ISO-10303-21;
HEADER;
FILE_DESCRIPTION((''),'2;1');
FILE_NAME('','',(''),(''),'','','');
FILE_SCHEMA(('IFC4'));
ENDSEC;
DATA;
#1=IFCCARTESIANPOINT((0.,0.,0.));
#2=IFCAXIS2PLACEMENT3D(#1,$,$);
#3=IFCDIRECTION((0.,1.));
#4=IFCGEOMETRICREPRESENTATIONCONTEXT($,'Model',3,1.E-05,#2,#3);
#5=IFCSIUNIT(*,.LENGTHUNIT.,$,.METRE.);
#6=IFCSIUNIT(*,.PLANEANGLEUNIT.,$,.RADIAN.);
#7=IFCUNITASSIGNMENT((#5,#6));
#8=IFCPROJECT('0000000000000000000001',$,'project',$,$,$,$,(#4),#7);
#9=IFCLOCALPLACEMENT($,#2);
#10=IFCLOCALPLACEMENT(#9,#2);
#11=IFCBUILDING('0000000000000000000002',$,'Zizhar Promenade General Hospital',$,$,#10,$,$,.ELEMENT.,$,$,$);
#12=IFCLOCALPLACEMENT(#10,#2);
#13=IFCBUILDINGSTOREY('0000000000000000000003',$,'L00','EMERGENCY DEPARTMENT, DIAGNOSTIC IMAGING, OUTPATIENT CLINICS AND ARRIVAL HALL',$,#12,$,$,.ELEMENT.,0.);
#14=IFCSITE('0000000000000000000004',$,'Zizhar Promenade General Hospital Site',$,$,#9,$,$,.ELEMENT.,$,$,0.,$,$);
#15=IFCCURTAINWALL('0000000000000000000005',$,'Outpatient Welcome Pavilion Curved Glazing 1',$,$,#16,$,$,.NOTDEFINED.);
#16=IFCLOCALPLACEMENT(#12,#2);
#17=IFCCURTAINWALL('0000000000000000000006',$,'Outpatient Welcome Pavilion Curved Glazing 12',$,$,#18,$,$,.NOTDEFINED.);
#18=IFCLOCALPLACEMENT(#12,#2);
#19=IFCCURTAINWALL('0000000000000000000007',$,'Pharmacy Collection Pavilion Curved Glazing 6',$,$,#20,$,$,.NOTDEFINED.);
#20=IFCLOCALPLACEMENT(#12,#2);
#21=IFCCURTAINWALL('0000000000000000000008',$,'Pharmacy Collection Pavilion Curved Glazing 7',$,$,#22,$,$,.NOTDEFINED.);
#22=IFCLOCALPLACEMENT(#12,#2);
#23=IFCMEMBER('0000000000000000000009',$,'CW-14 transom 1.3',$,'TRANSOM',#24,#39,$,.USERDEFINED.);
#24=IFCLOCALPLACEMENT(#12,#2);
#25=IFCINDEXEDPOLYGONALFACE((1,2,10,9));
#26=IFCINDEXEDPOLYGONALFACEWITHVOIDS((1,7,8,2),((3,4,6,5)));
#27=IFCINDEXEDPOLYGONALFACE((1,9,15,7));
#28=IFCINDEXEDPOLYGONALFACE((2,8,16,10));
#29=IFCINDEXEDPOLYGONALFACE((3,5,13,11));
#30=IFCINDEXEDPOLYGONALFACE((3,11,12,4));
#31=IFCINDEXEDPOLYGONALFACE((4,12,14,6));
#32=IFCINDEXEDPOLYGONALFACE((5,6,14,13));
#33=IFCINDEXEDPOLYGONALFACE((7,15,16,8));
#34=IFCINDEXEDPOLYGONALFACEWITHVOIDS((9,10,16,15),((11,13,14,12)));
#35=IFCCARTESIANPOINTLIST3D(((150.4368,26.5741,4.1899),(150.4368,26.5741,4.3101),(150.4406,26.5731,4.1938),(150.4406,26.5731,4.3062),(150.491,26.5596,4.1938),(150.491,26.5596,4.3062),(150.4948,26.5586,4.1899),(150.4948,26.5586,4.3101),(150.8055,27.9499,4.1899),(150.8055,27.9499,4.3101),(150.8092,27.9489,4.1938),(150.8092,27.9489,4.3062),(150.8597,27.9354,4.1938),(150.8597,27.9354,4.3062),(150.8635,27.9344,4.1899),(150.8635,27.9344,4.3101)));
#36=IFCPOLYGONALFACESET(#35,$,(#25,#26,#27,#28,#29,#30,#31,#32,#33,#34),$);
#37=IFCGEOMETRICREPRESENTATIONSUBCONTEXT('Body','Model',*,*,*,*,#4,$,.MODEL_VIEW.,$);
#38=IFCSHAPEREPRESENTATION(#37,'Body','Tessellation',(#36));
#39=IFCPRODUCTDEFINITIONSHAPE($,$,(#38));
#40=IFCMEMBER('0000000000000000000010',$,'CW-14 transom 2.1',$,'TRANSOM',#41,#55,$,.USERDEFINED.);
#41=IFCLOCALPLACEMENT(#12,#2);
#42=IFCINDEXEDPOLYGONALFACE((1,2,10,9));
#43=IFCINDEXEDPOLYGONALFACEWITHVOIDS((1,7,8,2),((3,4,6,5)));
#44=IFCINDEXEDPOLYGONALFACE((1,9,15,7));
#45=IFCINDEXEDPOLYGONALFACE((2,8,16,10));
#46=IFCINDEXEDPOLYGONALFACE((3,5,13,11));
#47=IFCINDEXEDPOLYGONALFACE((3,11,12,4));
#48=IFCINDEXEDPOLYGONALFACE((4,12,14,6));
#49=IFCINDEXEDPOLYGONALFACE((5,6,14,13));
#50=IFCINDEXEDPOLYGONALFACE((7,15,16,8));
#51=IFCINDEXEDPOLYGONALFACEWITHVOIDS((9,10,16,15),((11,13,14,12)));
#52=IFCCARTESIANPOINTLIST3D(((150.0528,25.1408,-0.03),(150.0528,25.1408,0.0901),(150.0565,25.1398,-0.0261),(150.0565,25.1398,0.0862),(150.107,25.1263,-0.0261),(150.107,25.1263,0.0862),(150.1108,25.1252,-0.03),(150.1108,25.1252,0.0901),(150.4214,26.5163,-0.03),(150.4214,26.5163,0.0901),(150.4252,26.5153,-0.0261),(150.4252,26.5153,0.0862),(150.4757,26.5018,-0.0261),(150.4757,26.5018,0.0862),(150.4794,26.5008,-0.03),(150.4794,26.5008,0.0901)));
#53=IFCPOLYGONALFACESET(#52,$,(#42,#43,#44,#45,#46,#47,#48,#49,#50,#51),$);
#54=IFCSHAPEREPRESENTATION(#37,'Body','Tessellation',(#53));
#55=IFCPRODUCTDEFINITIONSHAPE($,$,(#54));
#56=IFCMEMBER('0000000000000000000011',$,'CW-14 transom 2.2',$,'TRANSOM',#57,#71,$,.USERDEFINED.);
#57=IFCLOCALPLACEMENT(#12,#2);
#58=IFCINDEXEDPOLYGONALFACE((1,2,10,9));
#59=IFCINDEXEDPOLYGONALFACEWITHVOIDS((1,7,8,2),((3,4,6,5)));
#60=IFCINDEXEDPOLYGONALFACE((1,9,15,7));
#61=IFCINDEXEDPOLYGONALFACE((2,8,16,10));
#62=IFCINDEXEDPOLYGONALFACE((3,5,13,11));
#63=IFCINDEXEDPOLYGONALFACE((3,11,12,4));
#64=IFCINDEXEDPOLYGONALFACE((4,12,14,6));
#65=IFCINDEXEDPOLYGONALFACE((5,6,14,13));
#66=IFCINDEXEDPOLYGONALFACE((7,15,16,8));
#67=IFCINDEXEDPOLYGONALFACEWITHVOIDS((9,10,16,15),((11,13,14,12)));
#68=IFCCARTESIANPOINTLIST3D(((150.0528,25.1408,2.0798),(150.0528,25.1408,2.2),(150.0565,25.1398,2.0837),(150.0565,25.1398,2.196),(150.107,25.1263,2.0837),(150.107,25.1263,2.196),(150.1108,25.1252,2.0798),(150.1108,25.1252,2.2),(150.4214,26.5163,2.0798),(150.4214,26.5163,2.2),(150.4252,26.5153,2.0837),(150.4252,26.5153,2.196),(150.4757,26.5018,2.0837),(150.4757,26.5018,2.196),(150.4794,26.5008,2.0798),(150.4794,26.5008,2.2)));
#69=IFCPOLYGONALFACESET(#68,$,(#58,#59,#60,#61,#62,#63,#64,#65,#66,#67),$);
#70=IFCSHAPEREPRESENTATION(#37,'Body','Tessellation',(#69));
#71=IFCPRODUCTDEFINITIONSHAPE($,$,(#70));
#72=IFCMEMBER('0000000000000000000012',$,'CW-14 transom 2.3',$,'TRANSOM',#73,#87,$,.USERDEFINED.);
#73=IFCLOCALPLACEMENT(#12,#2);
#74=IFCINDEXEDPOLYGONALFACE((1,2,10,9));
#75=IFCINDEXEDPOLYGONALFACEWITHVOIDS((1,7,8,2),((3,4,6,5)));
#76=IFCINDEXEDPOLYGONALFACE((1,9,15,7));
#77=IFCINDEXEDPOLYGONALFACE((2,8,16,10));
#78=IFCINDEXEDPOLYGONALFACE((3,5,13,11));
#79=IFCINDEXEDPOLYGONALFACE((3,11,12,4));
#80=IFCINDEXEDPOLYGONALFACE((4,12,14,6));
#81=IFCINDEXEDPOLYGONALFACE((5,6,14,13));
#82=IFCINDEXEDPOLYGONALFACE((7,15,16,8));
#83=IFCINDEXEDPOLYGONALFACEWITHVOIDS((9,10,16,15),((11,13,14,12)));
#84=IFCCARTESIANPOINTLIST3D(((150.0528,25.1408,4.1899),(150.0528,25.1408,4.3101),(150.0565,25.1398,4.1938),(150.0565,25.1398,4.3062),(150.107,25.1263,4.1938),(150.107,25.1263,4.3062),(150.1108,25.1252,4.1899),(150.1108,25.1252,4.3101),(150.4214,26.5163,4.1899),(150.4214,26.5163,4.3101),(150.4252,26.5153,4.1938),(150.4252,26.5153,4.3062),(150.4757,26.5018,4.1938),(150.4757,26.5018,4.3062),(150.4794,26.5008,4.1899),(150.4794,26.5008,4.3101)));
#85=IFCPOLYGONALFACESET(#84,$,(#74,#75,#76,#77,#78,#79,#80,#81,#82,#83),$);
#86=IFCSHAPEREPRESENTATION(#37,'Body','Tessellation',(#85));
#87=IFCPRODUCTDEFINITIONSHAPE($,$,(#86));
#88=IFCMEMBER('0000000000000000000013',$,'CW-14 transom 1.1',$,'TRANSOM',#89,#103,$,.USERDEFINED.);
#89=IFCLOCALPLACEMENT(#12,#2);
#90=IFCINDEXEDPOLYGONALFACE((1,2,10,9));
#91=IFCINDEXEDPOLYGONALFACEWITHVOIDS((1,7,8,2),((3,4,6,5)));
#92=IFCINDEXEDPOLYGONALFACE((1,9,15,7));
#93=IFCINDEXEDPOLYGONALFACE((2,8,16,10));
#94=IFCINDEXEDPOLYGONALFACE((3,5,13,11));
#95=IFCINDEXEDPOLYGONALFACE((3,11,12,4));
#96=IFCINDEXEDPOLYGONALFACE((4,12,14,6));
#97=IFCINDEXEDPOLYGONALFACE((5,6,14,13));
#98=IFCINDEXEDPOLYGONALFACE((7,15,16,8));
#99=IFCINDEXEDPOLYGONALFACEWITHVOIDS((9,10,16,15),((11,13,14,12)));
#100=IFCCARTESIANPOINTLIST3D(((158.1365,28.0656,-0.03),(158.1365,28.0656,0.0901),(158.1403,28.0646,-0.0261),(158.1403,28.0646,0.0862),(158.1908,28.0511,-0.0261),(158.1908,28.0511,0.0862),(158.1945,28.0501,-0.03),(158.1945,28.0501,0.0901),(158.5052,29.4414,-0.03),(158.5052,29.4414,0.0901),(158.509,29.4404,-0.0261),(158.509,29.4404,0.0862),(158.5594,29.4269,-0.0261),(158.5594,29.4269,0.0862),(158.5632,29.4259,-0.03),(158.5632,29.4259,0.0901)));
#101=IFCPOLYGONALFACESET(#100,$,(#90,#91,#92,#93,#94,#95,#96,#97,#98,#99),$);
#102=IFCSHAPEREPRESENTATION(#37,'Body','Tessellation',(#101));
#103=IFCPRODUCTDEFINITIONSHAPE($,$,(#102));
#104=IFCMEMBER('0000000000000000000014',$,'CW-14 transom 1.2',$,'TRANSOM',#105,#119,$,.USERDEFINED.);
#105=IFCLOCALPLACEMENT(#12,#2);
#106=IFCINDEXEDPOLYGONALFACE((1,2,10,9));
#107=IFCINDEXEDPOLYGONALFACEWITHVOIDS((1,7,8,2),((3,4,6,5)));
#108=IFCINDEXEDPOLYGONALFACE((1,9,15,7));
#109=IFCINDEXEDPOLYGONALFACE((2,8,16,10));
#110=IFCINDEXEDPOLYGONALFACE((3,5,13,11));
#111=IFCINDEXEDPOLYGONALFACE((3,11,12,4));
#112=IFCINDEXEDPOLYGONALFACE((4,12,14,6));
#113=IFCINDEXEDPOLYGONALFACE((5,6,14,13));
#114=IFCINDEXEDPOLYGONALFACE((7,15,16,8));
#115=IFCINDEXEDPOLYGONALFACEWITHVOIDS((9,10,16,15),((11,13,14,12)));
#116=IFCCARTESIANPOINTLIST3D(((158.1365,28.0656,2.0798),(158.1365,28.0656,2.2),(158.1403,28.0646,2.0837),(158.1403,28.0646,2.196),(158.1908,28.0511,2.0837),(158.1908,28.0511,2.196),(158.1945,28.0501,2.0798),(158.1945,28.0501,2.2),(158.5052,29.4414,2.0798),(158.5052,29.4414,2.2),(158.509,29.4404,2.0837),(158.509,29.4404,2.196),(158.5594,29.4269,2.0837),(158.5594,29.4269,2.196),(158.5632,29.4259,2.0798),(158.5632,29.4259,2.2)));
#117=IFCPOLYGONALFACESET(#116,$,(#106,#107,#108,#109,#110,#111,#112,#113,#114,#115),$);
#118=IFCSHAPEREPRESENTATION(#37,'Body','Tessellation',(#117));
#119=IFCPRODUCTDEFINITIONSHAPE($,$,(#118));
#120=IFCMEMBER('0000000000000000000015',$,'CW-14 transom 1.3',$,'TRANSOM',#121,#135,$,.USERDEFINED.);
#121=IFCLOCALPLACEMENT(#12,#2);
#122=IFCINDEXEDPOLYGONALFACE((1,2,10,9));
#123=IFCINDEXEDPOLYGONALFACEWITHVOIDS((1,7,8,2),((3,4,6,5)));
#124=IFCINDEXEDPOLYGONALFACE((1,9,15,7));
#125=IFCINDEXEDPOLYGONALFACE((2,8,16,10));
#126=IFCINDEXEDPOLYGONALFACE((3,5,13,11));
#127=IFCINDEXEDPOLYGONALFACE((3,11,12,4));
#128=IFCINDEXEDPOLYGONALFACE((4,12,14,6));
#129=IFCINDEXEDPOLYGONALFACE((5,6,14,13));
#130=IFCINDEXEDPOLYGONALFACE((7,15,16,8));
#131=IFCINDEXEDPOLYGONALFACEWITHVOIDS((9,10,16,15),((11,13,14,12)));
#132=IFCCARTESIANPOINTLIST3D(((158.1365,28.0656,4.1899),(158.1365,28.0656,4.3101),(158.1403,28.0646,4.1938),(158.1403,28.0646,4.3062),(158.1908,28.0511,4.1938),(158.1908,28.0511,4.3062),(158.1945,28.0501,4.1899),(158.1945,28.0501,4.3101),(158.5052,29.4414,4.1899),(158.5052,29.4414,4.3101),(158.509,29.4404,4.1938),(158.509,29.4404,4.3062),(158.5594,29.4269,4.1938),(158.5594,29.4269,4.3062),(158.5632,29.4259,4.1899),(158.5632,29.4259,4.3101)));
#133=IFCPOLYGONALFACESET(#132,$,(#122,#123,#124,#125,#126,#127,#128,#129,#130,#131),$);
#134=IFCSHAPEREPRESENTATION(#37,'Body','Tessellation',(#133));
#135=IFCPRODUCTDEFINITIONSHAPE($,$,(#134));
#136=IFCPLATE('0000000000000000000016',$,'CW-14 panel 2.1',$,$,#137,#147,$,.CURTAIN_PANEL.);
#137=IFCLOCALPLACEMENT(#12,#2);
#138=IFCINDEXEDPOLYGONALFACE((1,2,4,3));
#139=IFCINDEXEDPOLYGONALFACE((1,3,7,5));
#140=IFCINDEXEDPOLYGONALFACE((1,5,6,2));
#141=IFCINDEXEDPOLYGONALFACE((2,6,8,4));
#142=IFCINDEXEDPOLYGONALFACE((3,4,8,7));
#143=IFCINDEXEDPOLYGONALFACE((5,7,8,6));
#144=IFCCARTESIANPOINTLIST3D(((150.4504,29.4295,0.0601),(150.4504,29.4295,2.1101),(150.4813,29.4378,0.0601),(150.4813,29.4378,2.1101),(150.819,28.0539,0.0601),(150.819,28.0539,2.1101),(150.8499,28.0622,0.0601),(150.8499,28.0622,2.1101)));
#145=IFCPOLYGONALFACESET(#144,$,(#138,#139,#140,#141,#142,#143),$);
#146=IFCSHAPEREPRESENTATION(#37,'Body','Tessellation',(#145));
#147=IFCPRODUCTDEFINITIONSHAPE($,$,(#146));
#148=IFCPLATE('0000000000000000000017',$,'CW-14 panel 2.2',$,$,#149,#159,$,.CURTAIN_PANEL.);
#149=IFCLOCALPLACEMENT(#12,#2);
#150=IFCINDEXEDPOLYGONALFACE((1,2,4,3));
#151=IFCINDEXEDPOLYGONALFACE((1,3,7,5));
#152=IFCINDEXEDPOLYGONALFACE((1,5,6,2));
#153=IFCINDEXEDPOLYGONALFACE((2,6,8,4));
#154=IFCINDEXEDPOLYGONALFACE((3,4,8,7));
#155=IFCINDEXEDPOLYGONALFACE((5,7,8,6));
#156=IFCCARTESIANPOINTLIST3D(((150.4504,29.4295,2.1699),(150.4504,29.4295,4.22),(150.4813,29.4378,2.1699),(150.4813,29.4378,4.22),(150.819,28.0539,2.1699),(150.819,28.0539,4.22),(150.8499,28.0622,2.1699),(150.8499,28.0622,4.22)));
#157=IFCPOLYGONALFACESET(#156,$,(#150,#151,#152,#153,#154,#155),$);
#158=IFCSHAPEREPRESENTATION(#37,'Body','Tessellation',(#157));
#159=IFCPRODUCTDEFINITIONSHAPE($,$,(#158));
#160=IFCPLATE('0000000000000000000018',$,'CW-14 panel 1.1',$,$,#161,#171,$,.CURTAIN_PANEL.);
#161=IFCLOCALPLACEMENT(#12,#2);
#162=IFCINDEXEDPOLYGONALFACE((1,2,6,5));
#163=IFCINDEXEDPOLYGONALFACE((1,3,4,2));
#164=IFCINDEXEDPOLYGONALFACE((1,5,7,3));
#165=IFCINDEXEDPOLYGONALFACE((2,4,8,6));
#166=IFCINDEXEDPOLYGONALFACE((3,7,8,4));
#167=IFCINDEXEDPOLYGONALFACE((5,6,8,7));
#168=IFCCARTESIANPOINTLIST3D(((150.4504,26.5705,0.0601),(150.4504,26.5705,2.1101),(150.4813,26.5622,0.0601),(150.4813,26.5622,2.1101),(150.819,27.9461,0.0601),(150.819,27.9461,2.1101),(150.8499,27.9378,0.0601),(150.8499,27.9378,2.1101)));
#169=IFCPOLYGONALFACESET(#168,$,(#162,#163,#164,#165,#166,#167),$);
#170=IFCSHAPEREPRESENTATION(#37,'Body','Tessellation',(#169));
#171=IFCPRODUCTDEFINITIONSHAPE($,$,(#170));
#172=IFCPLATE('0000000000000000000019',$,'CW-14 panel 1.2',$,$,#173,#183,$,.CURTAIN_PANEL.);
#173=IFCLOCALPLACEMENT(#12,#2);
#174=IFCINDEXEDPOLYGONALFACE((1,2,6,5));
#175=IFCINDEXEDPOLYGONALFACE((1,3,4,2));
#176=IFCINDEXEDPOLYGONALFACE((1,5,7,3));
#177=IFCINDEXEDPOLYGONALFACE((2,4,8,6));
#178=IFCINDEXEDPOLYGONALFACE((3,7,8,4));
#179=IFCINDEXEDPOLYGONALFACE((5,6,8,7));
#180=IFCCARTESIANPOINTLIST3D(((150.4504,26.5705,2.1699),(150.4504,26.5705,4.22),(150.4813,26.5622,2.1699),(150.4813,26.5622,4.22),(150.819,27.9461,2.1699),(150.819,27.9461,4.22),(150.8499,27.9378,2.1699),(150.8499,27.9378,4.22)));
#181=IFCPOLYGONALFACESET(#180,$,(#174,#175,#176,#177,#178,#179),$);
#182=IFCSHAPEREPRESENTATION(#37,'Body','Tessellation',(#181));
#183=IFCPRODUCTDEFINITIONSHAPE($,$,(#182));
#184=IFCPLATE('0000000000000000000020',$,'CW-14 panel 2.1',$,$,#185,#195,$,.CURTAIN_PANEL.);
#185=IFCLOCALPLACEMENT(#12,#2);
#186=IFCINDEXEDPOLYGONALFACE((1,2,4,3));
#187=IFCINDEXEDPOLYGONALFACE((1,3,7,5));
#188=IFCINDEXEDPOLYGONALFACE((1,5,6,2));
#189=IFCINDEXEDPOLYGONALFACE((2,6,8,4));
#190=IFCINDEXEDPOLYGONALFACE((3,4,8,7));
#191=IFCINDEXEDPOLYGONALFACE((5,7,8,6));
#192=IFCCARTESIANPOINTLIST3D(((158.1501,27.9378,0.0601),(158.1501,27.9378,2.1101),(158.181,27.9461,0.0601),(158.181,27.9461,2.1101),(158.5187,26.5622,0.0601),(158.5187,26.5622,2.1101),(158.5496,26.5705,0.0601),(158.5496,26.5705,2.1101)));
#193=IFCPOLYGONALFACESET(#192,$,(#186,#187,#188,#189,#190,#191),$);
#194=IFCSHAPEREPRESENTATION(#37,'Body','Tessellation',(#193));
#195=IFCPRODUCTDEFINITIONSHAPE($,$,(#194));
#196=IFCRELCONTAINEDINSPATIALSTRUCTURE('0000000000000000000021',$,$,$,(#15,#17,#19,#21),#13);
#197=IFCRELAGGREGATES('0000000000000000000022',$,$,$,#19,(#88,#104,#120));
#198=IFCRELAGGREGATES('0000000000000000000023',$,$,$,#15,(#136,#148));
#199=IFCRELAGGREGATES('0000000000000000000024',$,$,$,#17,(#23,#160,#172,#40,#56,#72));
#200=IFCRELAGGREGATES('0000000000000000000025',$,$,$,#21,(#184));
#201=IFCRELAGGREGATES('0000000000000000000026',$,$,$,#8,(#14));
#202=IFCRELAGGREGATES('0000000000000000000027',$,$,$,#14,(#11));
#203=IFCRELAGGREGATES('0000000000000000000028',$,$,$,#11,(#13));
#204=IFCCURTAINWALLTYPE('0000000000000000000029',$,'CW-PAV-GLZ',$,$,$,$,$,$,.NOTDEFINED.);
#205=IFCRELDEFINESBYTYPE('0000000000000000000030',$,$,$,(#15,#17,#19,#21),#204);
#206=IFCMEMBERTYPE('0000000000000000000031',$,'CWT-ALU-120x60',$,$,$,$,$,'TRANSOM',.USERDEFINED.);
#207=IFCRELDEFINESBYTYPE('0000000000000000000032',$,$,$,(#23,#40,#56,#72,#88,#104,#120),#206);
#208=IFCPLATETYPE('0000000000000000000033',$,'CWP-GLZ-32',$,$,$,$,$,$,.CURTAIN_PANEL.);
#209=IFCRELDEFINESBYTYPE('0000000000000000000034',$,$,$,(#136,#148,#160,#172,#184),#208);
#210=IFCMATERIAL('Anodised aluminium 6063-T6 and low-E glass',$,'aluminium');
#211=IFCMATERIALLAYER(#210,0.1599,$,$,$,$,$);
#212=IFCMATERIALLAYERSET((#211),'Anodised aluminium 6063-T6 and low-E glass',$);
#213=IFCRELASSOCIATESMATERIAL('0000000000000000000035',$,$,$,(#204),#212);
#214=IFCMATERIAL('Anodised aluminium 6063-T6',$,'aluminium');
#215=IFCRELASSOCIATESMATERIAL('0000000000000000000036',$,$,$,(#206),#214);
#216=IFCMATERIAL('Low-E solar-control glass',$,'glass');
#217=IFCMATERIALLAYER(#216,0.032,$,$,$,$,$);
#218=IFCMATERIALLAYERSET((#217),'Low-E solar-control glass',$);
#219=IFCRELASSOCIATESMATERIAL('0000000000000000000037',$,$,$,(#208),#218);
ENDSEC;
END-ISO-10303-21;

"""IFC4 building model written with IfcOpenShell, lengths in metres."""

from ifc_helpers import new_model, si_unit, direction, frame, origin, origin_2d, place, context, subcontext, project, spatial, rectangle, hollow_rectangle, extrude, material, layer, layer_set, material_profile, profile_set, type_object, element, aggregate, save


model = new_model("IFC4")

# Units and contexts
model_context = context("Model", 3, precision=1e-05, world=origin(), true_north=direction((0.0, 1.0)))
body_context = subcontext(model_context, "Body", "Model", "MODEL_VIEW")
ifc_project = project(units=[si_unit("LENGTHUNIT", "METRE"), si_unit("PLANEANGLEUNIT", "RADIAN")], contexts=[model_context])

# Site, building, storey
site_placement = place(None, origin())
site = spatial("IfcSite", under=ifc_project, at=site_placement, Name="Zizhar Promenade General Hospital Site", CompositionType="ELEMENT", RefElevation=0.0)
building_placement = place(site_placement, origin())
building = spatial("IfcBuilding", under=site, at=building_placement, Name="Zizhar Promenade General Hospital", CompositionType="ELEMENT")
storey_placement = place(building_placement, origin())
storey = spatial("IfcBuildingStorey", under=building, at=storey_placement, Name="L00", Description="EMERGENCY DEPARTMENT, DIAGNOSTIC IMAGING, OUTPATIENT CLINICS AND ARRIVAL HALL", CompositionType="ELEMENT", Elevation=0.0)

# Curtain walls
ifc_material_1 = material(Name="Anodised aluminium 6063-T6 and low-E glass", Category="aluminium")
ifc_layer_1 = layer(ifc_material_1, 0.1599)
ifc_layer_set_1 = layer_set([ifc_layer_1], Name="Anodised aluminium 6063-T6 and low-E glass")
curtain_wall_type = type_object("IfcCurtainWallType", Name="CW-PAV-GLZ", PredefinedType="NOTDEFINED", material=ifc_layer_set_1)
curtain_wall_1_placement = place(storey_placement, origin())
curtain_wall_1 = element("IfcCurtainWall", 1, at=curtain_wall_1_placement, inside=storey, type_object=curtain_wall_type, Name="Outpatient Welcome Pavilion Curved Glazing 1", PredefinedType="NOTDEFINED")
curtain_wall_2_placement = place(storey_placement, origin())
curtain_wall_2 = element("IfcCurtainWall", 2, at=curtain_wall_2_placement, inside=storey, type_object=curtain_wall_type, Name="Outpatient Welcome Pavilion Curved Glazing 12", PredefinedType="NOTDEFINED")

# Curtain walls
curtain_wall_3_placement = place(storey_placement, origin())
curtain_wall_3 = element("IfcCurtainWall", 3, at=curtain_wall_3_placement, inside=storey, type_object=curtain_wall_type, Name="Pharmacy Collection Pavilion Curved Glazing 6", PredefinedType="NOTDEFINED")
curtain_wall_4_placement = place(storey_placement, origin())
curtain_wall_4 = element("IfcCurtainWall", 4, at=curtain_wall_4_placement, inside=storey, type_object=curtain_wall_type, Name="Pharmacy Collection Pavilion Curved Glazing 7", PredefinedType="NOTDEFINED")

# Members
ifc_material_2 = material(Name="Anodised aluminium 6063-T6", Category="aluminium")
ifc_material_profile_1 = material_profile(ifc_material_2, hollow_rectangle(XDim=0.0601, YDim=0.1201, WallThickness=0.0039, at=origin_2d()))
ifc_profile_set_1 = profile_set([ifc_material_profile_1], Name="Anodised aluminium 6063-T6")
member_type_1 = type_object("IfcMemberType", Name="CWT-ALU-120x60", ElementType="TRANSOM", PredefinedType="USERDEFINED", material=ifc_profile_set_1)
member_1_placement = place(storey_placement, frame((150.8345, 27.9421, 4.25), z_axis=(-0.258836, -0.965921, 0.0), x_axis=(0.965921, -0.258836, 0.0)))
member_1 = element("IfcMember", 5, at=member_1_placement, type_object=member_type_1, Name="CW-14 transom 1.3", ObjectType="TRANSOM", PredefinedType="USERDEFINED", context=body_context, shape_type="SweptSolid", body=[
    extrude(hollow_rectangle(XDim=0.0601, YDim=0.1201, WallThickness=0.0039, at=origin_2d()), origin(), (0.0, 0.0, 1.0), 1.4243),
])
member_2_placement = place(storey_placement, frame((150.4504, 26.5085, 0.03), z_axis=(-0.258879, -0.96591, 0.0), x_axis=(0.96591, -0.258879, 0.0)))
member_2 = element("IfcMember", 6, at=member_2_placement, type_object=member_type_1, Name="CW-14 transom 2.1", ObjectType="TRANSOM", PredefinedType="USERDEFINED", context=body_context, shape_type="SweptSolid", body=[
    extrude(hollow_rectangle(XDim=0.0601, YDim=0.1201, WallThickness=0.0039, at=origin_2d()), origin(), (0.0, 0.0, 1.0), 1.4241),
])
member_3_placement = place(storey_placement, frame((150.4504, 26.5085, 2.1399), z_axis=(-0.258879, -0.96591, 0.0), x_axis=(0.96591, -0.258879, 0.0)))
member_3 = element("IfcMember", 7, at=member_3_placement, type_object=member_type_1, Name="CW-14 transom 2.2", ObjectType="TRANSOM", PredefinedType="USERDEFINED", context=body_context, shape_type="SweptSolid", body=[
    extrude(hollow_rectangle(XDim=0.0601, YDim=0.1201, WallThickness=0.0039, at=origin_2d()), origin(), (0.0, 0.0, 1.0), 1.4241),
])
member_4_placement = place(storey_placement, frame((150.4504, 26.5085, 4.25), z_axis=(-0.258879, -0.96591, 0.0), x_axis=(0.96591, -0.258879, 0.0)))
member_4 = element("IfcMember", 8, at=member_4_placement, type_object=member_type_1, Name="CW-14 transom 2.3", ObjectType="TRANSOM", PredefinedType="USERDEFINED", context=body_context, shape_type="SweptSolid", body=[
    extrude(hollow_rectangle(XDim=0.0601, YDim=0.1201, WallThickness=0.0039, at=origin_2d()), origin(), (0.0, 0.0, 1.0), 1.4241),
])
member_5_placement = place(storey_placement, frame((158.1655, 28.0579, 0.03), z_axis=(0.258836, 0.965921, 0.0), x_axis=(-0.965921, 0.258836, 0.0)))
member_5 = element("IfcMember", 9, at=member_5_placement, type_object=member_type_1, Name="CW-14 transom 1.1", ObjectType="TRANSOM", PredefinedType="USERDEFINED", context=body_context, shape_type="SweptSolid", body=[
    extrude(hollow_rectangle(XDim=0.0601, YDim=0.1201, WallThickness=0.0039, at=origin_2d()), origin(), (0.0, 0.0, 1.0), 1.4243),
])
member_6_placement = place(storey_placement, frame((158.1655, 28.0579, 2.1399), z_axis=(0.258836, 0.965921, 0.0), x_axis=(-0.965921, 0.258836, 0.0)))
member_6 = element("IfcMember", 10, at=member_6_placement, type_object=member_type_1, Name="CW-14 transom 1.2", ObjectType="TRANSOM", PredefinedType="USERDEFINED", context=body_context, shape_type="SweptSolid", body=[
    extrude(hollow_rectangle(XDim=0.0601, YDim=0.1201, WallThickness=0.0039, at=origin_2d()), origin(), (0.0, 0.0, 1.0), 1.4243),
])
member_7_placement = place(storey_placement, frame((158.1655, 28.0579, 4.25), z_axis=(0.258836, 0.965921, 0.0), x_axis=(-0.965921, 0.258836, 0.0)))
member_7 = element("IfcMember", 11, at=member_7_placement, type_object=member_type_1, Name="CW-14 transom 1.3", ObjectType="TRANSOM", PredefinedType="USERDEFINED", context=body_context, shape_type="SweptSolid", body=[
    extrude(hollow_rectangle(XDim=0.0601, YDim=0.1201, WallThickness=0.0039, at=origin_2d()), origin(), (0.0, 0.0, 1.0), 1.4243),
])
aggregate(curtain_wall_3, [member_5, member_6, member_7])

# Plates
ifc_material_3 = material(Name="Low-E solar-control glass", Category="glass")
ifc_layer_2 = layer(ifc_material_3, 0.032)
ifc_layer_set_2 = layer_set([ifc_layer_2], Name="Low-E solar-control glass")
plate_type = type_object("IfcPlateType", Name="CWP-GLZ-32", PredefinedType="CURTAIN_PANEL", material=ifc_layer_set_2)
plate_1_placement = place(storey_placement, frame((150.6501, 28.7458, 0.0601), z_axis=(0.0, 0.0, 1.0), x_axis=(0.258834, -0.965922, 0.0)))
plate_1 = element("IfcPlate", 12, at=plate_1_placement, type_object=plate_type, Name="CW-14 panel 2.1", PredefinedType="CURTAIN_PANEL", context=body_context, shape_type="SweptSolid", body=[
    extrude(rectangle(XDim=1.4241, YDim=0.032, at=origin_2d()), origin(), (0.0, 0.0, 1.0), 2.05),
])
plate_2_placement = place(storey_placement, frame((150.6501, 28.7458, 2.1699), z_axis=(0.0, 0.0, 1.0), x_axis=(0.258834, -0.965922, 0.0)))
plate_2 = element("IfcPlate", 13, at=plate_2_placement, type_object=plate_type, Name="CW-14 panel 2.2", PredefinedType="CURTAIN_PANEL", context=body_context, shape_type="SweptSolid", body=[
    extrude(rectangle(XDim=1.4241, YDim=0.032, at=origin_2d()), origin(), (0.0, 0.0, 1.0), 2.05),
])
aggregate(curtain_wall_1, [plate_1, plate_2])
plate_3_placement = place(storey_placement, frame((150.6501, 27.2542, 0.0601), z_axis=(0.0, 0.0, 1.0), x_axis=(-0.258834, -0.965922, 0.0)))
plate_3 = element("IfcPlate", 14, at=plate_3_placement, type_object=plate_type, Name="CW-14 panel 1.1", PredefinedType="CURTAIN_PANEL", context=body_context, shape_type="SweptSolid", body=[
    extrude(rectangle(XDim=1.4241, YDim=0.032, at=origin_2d()), origin(), (0.0, 0.0, 1.0), 2.05),
])
plate_4_placement = place(storey_placement, frame((150.6501, 27.2542, 2.1699), z_axis=(0.0, 0.0, 1.0), x_axis=(-0.258834, -0.965922, 0.0)))
plate_4 = element("IfcPlate", 15, at=plate_4_placement, type_object=plate_type, Name="CW-14 panel 1.2", PredefinedType="CURTAIN_PANEL", context=body_context, shape_type="SweptSolid", body=[
    extrude(rectangle(XDim=1.4241, YDim=0.032, at=origin_2d()), origin(), (0.0, 0.0, 1.0), 2.05),
])
aggregate(curtain_wall_2, [member_1, plate_3, plate_4, member_2, member_3, member_4])
plate_5_placement = place(storey_placement, frame((158.3499, 27.2542, 0.0601), z_axis=(0.0, 0.0, 1.0), x_axis=(-0.258834, 0.965922, 0.0)))
plate_5 = element("IfcPlate", 16, at=plate_5_placement, type_object=plate_type, Name="CW-14 panel 2.1", PredefinedType="CURTAIN_PANEL", context=body_context, shape_type="SweptSolid", body=[
    extrude(rectangle(XDim=1.4241, YDim=0.032, at=origin_2d()), origin(), (0.0, 0.0, 1.0), 2.05),
])
aggregate(curtain_wall_4, [plate_5])

save(model, "model.ifc")
